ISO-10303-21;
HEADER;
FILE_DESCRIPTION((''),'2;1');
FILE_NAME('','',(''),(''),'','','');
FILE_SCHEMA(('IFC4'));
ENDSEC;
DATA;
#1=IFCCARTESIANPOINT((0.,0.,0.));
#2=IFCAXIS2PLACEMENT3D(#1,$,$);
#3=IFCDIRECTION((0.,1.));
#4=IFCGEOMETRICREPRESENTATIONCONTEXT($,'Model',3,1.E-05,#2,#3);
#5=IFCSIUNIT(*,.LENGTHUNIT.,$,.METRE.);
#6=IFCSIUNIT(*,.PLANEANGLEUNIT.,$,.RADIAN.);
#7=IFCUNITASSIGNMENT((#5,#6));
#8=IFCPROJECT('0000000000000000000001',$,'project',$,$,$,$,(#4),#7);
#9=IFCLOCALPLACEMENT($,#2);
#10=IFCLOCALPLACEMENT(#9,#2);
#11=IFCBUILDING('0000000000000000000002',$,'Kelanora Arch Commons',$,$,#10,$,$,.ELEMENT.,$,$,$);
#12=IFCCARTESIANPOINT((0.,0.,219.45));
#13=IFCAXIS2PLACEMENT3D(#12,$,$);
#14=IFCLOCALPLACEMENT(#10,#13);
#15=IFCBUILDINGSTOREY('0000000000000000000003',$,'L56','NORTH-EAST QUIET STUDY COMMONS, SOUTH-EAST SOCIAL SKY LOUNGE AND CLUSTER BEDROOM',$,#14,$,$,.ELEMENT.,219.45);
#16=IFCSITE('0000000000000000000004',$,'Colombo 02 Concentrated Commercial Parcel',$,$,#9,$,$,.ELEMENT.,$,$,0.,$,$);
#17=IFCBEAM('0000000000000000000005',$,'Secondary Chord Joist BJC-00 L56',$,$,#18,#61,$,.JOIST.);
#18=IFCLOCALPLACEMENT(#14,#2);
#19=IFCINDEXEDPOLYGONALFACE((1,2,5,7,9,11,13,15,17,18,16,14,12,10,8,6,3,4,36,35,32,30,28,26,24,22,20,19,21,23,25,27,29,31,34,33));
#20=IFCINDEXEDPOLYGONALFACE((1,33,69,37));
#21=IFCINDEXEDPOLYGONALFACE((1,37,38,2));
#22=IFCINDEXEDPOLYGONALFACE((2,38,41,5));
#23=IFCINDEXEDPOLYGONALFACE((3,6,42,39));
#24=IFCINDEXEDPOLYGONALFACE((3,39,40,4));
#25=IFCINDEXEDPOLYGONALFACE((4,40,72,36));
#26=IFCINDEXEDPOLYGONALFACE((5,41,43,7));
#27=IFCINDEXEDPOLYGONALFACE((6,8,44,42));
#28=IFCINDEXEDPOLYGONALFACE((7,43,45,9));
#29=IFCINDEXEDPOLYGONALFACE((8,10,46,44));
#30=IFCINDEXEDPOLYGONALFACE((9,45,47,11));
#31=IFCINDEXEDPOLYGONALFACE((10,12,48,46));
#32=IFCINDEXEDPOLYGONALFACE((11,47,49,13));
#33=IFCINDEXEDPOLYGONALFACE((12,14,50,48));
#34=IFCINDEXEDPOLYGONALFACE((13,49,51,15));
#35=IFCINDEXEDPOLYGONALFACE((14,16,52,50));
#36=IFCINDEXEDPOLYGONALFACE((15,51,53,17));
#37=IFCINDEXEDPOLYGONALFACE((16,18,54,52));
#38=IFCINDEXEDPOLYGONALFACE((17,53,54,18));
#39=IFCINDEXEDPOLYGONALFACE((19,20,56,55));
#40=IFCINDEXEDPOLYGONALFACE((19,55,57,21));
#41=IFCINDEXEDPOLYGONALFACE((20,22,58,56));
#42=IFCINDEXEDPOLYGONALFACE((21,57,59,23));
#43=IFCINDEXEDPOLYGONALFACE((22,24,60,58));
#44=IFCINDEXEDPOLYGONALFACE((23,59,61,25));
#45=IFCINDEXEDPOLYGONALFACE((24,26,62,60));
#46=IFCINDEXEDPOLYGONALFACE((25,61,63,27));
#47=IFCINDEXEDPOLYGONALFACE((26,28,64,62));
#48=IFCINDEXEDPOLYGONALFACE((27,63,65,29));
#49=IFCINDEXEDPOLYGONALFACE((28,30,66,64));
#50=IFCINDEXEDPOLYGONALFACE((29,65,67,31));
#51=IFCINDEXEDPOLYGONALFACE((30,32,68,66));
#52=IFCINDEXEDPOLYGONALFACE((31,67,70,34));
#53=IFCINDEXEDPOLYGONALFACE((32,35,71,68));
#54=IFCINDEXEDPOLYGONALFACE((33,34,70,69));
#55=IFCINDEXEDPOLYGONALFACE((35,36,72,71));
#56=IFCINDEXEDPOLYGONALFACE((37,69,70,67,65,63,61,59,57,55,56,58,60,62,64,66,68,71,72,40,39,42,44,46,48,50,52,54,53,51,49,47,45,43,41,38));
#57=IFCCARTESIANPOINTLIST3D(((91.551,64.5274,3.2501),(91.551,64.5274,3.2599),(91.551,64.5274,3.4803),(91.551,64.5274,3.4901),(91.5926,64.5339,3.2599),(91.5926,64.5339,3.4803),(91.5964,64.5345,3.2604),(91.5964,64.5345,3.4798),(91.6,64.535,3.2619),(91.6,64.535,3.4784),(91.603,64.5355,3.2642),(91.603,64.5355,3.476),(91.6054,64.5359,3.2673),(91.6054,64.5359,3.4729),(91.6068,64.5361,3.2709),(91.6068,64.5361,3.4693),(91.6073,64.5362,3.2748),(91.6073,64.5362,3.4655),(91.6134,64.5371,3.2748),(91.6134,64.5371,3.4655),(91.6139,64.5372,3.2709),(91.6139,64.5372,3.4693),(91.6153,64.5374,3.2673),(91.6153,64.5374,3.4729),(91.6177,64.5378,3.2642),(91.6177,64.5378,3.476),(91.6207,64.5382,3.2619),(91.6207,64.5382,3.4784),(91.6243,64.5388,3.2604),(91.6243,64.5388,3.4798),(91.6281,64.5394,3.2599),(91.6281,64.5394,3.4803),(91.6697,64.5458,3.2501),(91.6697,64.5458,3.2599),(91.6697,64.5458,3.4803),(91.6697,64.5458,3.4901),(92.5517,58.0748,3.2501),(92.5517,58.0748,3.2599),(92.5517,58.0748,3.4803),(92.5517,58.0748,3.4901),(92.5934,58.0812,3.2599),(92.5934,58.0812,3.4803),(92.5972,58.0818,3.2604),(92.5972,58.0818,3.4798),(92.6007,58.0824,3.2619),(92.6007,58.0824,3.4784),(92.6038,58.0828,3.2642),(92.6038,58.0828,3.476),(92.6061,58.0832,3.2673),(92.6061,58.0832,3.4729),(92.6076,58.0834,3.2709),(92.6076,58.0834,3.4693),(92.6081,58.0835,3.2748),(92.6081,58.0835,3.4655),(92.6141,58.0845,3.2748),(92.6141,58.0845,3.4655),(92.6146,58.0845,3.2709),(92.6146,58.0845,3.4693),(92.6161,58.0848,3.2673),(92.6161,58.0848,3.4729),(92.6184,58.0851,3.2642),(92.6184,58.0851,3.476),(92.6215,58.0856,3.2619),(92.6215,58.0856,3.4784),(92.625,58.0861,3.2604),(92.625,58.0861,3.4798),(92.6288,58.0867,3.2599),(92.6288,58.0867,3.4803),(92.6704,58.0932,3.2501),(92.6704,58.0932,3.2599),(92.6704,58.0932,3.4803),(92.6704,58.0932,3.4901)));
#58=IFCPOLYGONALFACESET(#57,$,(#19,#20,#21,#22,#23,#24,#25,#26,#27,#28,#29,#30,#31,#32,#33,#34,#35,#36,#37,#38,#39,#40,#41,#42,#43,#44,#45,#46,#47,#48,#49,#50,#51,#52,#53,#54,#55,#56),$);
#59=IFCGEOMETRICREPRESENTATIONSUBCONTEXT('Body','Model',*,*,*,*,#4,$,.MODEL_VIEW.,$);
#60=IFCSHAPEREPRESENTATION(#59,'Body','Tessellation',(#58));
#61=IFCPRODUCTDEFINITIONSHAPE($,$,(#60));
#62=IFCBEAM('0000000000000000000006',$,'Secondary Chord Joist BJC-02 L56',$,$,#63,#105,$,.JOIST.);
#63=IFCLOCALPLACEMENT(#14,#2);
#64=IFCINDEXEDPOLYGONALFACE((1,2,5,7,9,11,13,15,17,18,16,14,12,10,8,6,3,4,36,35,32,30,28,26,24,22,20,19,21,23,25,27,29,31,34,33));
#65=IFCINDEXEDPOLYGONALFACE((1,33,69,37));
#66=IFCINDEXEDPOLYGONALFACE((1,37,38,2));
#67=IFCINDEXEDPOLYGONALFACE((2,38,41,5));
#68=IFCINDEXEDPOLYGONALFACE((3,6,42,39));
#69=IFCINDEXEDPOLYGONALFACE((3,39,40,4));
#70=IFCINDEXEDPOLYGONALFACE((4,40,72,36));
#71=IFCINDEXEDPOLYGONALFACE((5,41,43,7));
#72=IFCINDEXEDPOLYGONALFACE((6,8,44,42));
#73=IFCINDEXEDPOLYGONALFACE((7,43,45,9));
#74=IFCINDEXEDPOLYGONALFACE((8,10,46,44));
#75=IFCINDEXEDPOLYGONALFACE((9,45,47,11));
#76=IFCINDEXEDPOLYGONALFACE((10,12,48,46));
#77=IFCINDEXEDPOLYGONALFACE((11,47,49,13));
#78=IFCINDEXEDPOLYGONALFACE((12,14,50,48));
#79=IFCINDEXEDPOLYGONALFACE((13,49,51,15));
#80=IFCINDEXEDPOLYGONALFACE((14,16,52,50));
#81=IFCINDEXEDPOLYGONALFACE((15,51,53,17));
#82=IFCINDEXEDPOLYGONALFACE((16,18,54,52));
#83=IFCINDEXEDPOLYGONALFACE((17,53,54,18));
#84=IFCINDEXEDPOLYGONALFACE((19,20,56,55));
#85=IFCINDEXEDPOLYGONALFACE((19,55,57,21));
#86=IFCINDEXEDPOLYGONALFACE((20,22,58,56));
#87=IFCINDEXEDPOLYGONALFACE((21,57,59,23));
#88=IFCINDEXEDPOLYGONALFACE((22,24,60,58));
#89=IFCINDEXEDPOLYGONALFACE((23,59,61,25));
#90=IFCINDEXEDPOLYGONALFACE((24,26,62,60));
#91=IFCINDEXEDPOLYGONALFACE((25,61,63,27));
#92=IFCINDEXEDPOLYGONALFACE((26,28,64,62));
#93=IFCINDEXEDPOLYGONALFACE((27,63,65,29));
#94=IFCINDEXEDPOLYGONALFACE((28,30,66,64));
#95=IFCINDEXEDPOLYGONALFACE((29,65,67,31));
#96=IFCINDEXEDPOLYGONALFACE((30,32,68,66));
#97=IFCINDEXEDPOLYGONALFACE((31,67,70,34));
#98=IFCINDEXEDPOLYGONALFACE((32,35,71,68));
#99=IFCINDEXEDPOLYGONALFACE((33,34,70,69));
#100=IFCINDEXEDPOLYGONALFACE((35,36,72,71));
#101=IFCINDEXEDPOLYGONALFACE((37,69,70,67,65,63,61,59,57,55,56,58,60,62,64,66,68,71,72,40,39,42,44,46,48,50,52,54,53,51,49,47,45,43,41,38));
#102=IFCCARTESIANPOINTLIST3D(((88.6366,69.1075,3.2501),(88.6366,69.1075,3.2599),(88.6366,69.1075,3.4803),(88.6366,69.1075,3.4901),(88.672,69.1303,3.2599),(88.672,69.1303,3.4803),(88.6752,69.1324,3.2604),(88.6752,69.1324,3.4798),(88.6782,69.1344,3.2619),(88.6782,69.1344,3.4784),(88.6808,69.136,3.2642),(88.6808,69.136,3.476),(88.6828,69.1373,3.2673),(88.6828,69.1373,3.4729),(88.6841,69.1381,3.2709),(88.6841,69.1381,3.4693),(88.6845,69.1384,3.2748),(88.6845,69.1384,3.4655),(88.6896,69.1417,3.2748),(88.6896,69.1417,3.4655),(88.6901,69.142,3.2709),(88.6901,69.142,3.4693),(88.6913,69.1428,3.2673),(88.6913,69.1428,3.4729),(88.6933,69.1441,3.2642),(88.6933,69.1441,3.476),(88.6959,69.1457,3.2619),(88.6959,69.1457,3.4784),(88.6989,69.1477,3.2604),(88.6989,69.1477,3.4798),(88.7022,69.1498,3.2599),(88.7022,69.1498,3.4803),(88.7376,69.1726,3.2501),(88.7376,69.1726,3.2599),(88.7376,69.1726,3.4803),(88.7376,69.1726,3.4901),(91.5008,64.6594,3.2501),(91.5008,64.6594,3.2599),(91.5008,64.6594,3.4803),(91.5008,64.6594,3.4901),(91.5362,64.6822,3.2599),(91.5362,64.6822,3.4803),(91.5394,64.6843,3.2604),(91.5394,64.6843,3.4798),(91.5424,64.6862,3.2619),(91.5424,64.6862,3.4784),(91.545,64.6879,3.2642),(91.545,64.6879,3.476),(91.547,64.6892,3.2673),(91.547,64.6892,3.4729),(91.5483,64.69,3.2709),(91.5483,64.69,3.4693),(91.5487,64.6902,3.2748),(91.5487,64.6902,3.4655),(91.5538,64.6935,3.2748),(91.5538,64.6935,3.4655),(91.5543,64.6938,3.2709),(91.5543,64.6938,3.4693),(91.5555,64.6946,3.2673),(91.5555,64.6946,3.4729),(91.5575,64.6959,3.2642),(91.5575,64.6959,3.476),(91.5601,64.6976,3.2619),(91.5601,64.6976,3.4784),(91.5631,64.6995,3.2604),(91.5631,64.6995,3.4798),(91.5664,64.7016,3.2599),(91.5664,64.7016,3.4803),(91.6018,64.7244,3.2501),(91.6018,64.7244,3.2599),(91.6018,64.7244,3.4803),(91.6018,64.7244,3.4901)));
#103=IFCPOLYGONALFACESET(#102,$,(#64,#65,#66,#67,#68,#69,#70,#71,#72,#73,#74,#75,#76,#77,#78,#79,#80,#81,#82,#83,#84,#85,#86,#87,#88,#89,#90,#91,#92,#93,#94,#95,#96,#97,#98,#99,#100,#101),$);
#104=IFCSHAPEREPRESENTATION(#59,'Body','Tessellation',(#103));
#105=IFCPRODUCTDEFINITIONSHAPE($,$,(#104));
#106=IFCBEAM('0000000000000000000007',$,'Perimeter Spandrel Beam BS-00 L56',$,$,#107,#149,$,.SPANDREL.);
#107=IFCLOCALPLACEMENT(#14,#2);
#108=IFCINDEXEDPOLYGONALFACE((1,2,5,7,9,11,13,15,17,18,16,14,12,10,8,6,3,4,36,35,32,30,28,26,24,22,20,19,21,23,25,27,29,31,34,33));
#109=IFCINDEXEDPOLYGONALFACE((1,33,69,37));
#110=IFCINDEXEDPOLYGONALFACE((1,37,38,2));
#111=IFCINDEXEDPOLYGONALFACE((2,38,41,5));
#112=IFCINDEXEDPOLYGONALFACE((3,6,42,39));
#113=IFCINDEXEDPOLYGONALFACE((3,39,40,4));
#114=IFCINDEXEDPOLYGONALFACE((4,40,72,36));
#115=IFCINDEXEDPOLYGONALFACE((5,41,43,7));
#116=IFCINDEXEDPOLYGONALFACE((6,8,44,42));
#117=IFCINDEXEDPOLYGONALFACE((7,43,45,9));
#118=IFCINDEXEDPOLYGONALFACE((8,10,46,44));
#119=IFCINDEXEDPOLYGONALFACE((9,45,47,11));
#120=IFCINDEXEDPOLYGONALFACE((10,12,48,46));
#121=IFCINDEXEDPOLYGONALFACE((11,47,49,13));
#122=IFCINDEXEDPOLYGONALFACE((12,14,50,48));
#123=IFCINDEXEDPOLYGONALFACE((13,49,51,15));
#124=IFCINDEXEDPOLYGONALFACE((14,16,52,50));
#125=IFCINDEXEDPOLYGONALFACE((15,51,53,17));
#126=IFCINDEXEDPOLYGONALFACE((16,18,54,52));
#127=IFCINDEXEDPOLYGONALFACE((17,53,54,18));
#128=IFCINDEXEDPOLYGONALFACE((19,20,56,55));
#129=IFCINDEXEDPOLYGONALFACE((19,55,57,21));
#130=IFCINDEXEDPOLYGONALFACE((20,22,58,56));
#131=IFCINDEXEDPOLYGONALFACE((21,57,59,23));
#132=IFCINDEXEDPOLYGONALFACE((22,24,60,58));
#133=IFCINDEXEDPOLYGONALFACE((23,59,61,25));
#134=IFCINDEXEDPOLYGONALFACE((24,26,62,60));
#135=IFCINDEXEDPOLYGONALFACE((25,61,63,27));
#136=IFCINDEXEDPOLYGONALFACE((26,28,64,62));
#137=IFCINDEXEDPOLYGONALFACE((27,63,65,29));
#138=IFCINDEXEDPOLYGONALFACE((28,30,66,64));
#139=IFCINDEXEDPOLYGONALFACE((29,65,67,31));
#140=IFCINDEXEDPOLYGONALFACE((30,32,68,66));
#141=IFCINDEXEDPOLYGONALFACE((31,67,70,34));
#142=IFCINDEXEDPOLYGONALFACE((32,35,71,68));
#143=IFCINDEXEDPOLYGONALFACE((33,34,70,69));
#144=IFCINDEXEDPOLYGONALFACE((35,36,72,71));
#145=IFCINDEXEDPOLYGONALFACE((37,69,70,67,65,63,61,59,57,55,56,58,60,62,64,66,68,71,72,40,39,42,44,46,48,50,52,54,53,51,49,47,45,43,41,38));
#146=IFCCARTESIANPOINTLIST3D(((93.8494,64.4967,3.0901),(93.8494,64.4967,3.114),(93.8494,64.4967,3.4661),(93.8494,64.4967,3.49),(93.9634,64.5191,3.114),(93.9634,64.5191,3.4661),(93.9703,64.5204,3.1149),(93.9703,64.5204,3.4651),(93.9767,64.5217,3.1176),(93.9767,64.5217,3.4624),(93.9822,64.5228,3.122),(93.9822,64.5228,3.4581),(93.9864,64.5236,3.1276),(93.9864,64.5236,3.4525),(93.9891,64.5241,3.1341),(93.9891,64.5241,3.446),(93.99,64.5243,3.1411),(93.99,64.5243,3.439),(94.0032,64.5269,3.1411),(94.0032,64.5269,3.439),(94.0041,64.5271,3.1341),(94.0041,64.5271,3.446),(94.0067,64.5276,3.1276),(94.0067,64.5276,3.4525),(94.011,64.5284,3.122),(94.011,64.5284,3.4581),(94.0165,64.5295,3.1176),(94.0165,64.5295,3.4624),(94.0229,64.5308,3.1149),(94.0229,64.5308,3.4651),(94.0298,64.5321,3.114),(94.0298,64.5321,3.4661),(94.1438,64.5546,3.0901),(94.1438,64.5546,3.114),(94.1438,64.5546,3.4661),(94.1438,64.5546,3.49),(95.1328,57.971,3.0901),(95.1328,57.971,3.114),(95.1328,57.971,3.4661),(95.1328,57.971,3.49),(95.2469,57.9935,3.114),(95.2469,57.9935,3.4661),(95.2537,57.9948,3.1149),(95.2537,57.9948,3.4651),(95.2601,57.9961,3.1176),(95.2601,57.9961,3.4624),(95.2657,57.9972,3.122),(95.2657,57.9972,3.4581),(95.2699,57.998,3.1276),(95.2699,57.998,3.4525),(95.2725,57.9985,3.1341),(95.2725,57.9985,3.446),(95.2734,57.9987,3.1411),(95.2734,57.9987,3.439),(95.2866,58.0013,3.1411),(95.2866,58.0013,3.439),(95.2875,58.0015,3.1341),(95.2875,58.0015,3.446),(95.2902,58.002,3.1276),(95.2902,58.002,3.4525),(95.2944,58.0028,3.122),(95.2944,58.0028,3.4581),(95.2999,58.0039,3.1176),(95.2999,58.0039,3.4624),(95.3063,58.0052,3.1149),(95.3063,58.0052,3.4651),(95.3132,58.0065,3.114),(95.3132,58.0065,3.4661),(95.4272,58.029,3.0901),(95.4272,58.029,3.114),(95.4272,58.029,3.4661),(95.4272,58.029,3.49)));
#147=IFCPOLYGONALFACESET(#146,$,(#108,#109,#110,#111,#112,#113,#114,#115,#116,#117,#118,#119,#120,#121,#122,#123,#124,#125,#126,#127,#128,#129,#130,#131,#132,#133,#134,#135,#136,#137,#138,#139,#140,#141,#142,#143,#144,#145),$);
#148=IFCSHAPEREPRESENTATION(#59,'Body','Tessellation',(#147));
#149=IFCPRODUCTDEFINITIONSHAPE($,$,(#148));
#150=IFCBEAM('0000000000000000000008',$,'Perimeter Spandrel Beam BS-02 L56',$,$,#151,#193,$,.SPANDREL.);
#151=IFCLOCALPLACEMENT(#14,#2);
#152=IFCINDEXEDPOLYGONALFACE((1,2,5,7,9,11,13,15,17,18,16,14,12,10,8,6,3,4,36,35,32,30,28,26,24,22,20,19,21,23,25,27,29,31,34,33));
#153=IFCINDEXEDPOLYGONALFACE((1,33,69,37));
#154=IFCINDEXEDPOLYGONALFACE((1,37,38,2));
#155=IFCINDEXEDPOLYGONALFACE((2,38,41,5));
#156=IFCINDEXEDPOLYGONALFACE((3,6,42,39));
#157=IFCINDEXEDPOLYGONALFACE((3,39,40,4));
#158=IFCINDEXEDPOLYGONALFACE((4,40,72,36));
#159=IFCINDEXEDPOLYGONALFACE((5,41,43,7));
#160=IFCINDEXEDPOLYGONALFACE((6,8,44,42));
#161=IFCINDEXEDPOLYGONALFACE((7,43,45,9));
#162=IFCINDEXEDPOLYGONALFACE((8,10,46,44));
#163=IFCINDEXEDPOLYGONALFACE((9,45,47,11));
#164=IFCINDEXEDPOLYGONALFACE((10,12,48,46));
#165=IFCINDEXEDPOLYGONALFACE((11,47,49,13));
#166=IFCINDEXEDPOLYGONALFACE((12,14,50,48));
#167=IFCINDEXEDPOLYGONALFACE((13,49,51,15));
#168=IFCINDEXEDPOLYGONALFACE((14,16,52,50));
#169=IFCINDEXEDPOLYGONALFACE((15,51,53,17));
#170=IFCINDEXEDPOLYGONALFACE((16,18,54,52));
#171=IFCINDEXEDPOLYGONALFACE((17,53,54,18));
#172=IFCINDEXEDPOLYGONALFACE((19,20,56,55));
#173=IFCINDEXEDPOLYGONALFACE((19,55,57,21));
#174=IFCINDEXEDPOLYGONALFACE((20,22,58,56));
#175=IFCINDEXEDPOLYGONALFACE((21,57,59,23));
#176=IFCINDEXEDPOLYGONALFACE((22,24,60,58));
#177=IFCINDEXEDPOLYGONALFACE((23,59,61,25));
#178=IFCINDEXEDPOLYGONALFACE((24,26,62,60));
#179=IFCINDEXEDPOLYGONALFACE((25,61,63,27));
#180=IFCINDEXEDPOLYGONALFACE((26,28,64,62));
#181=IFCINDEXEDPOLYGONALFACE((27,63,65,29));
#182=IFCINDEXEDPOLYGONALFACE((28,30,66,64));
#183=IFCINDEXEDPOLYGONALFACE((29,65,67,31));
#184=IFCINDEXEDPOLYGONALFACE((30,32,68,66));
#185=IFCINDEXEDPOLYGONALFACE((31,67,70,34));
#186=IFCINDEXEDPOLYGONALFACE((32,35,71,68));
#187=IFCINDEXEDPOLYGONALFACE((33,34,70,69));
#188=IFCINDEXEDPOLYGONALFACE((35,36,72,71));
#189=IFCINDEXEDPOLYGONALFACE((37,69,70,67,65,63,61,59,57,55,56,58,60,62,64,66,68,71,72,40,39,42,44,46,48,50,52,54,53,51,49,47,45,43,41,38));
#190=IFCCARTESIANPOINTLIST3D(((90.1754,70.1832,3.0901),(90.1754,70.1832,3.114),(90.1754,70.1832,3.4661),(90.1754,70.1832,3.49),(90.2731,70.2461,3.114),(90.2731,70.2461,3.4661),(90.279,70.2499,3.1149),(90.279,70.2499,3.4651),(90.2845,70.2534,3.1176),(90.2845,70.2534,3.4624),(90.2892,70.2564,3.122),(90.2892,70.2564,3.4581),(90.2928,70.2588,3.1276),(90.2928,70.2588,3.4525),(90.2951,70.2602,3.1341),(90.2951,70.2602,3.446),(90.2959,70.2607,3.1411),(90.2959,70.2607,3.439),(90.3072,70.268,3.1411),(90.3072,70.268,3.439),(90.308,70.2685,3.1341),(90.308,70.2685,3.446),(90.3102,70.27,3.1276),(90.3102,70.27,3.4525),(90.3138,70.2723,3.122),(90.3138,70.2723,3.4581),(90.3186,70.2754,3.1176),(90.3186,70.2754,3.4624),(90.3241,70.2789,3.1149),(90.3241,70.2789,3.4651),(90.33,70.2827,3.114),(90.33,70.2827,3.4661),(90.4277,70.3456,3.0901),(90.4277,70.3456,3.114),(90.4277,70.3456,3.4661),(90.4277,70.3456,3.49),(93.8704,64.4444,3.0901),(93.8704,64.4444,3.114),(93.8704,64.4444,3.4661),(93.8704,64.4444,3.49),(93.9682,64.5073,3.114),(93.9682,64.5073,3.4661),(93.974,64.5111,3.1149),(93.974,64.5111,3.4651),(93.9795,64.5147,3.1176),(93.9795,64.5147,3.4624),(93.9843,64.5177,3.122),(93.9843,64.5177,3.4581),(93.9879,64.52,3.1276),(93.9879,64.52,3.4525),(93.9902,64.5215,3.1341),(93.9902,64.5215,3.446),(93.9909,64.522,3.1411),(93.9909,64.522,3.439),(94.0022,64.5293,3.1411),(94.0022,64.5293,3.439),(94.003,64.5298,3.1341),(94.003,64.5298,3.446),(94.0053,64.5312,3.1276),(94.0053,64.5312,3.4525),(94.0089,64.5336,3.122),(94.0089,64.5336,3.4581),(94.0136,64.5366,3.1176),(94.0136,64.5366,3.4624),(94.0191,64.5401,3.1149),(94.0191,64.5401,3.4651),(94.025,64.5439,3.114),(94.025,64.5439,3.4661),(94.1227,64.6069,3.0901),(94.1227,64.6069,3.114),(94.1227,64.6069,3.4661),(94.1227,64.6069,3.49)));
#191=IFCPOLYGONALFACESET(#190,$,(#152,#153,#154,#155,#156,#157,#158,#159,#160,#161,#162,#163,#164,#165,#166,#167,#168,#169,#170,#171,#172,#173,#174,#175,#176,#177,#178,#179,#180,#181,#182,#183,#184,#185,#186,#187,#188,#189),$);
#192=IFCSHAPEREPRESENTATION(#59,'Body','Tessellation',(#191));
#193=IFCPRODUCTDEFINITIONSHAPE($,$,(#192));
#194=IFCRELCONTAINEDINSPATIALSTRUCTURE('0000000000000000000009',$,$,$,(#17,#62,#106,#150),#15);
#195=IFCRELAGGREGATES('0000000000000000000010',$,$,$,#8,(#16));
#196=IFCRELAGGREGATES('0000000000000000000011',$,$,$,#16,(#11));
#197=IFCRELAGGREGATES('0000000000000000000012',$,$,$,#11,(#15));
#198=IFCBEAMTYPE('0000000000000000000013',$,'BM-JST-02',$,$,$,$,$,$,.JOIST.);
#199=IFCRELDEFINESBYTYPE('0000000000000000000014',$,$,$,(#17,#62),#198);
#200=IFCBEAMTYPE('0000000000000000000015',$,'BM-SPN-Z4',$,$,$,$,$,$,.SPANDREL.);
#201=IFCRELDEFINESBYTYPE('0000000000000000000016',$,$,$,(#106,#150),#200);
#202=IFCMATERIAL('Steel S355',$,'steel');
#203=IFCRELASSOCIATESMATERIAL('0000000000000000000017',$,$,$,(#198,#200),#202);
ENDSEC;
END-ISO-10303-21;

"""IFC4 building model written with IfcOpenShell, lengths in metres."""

from ifc_helpers import new_model, si_unit, direction, frame, origin, origin_2d, place, context, subcontext, project, spatial, i_section, extrude, material, material_profile, profile_set, type_object, element, save


model = new_model("IFC4")

# Units and contexts
model_context = context("Model", 3, precision=1e-05, world=origin(), true_north=direction((0.0, 1.0)))
body_context = subcontext(model_context, "Body", "Model", "MODEL_VIEW")
ifc_project = project(units=[si_unit("LENGTHUNIT", "METRE"), si_unit("PLANEANGLEUNIT", "RADIAN")], contexts=[model_context])

# Site, building, storey
site_placement = place(None, origin())
site = spatial("IfcSite", under=ifc_project, at=site_placement, Name="Colombo 02 Concentrated Commercial Parcel", CompositionType="ELEMENT", RefElevation=0.0)
building_placement = place(site_placement, origin())
building = spatial("IfcBuilding", under=site, at=building_placement, Name="Kelanora Arch Commons", CompositionType="ELEMENT")
storey_placement = place(building_placement, frame((0.0, 0.0, 219.45)))
storey = spatial("IfcBuildingStorey", under=building, at=storey_placement, Name="L56", Description="NORTH-EAST QUIET STUDY COMMONS, SOUTH-EAST SOCIAL SKY LOUNGE AND CLUSTER BEDROOM", CompositionType="ELEMENT", Elevation=219.45)

# Beams
ifc_material_1 = material(Name="Steel S355", Category="steel")
ifc_material_profile_1 = material_profile(ifc_material_1, i_section(OverallWidth=0.1201, OverallDepth=0.24, WebThickness=0.0061, FlangeThickness=0.0098, FilletRadius=0.0149, at=origin_2d()), Name="IPE240")
ifc_profile_set_1 = profile_set([ifc_material_profile_1], Name="Steel S355")
beam_type_1 = type_object("IfcBeamType", Name="BM-JST-02", PredefinedType="JOIST", material=ifc_profile_set_1)
beam_1_placement = place(storey_placement, frame((92.6111, 58.084, 3.3701), z_axis=(-0.153257, 0.988186, 0.0), x_axis=(-0.988186, -0.153257, 0.0)))
element("IfcBeam", 1, at=beam_1_placement, inside=storey, type_object=beam_type_1, Name="Secondary Chord Joist BJC-00 L56", PredefinedType="JOIST", context=body_context, shape_type="SweptSolid", body=[
    extrude(i_section(OverallWidth=0.1201, OverallDepth=0.24, WebThickness=0.0061, FlangeThickness=0.0098, FilletRadius=0.0149, at=origin_2d()), origin(), (0.0, 0.0, 1.0), 6.5298),
])
beam_2_placement = place(storey_placement, frame((91.5513, 64.6919, 3.3701), z_axis=(-0.541382, 0.840776, 0.0), x_axis=(-0.840776, -0.541382, 0.0)))
element("IfcBeam", 2, at=beam_2_placement, inside=storey, type_object=beam_type_1, Name="Secondary Chord Joist BJC-02 L56", PredefinedType="JOIST", context=body_context, shape_type="SweptSolid", body=[
    extrude(i_section(OverallWidth=0.1201, OverallDepth=0.24, WebThickness=0.0061, FlangeThickness=0.0098, FilletRadius=0.0149, at=origin_2d()), origin(), (0.0, 0.0, 1.0), 5.2905),
])
ifc_material_profile_2 = material_profile(ifc_material_1, i_section(OverallWidth=0.3, OverallDepth=0.3999, WebThickness=0.0134, FlangeThickness=0.0239, FilletRadius=0.0271, at=origin_2d()), Name="HEB400")
ifc_profile_set_2 = profile_set([ifc_material_profile_2], Name="Steel S355")
beam_type_2 = type_object("IfcBeamType", Name="BM-SPN-Z4", PredefinedType="SPANDREL", material=ifc_profile_set_2)
beam_3_placement = place(storey_placement, frame((95.28, 58.0, 3.29), z_axis=(-0.192981, 0.981203, 0.0), x_axis=(-0.981203, -0.192981, 0.0)))
element("IfcBeam", 3, at=beam_3_placement, inside=storey, type_object=beam_type_2, Name="Perimeter Spandrel Beam BS-00 L56", PredefinedType="SPANDREL", context=body_context, shape_type="SweptSolid", body=[
    extrude(i_section(OverallWidth=0.3, OverallDepth=0.3999, WebThickness=0.0134, FlangeThickness=0.0239, FilletRadius=0.0271, at=origin_2d()), origin(), (0.0, 0.0, 1.0), 6.6506),
])
beam_4_placement = place(storey_placement, frame((93.9966, 64.5256, 3.29), z_axis=(-0.541365, 0.840788, 0.0), x_axis=(-0.840788, -0.541365, 0.0)))
element("IfcBeam", 4, at=beam_4_placement, inside=storey, type_object=beam_type_2, Name="Perimeter Spandrel Beam BS-02 L56", PredefinedType="SPANDREL", context=body_context, shape_type="SweptSolid", body=[
    extrude(i_section(OverallWidth=0.3, OverallDepth=0.3999, WebThickness=0.0134, FlangeThickness=0.0239, FilletRadius=0.0271, at=origin_2d()), origin(), (0.0, 0.0, 1.0), 6.8254),
])

save(model, "model.ifc")
